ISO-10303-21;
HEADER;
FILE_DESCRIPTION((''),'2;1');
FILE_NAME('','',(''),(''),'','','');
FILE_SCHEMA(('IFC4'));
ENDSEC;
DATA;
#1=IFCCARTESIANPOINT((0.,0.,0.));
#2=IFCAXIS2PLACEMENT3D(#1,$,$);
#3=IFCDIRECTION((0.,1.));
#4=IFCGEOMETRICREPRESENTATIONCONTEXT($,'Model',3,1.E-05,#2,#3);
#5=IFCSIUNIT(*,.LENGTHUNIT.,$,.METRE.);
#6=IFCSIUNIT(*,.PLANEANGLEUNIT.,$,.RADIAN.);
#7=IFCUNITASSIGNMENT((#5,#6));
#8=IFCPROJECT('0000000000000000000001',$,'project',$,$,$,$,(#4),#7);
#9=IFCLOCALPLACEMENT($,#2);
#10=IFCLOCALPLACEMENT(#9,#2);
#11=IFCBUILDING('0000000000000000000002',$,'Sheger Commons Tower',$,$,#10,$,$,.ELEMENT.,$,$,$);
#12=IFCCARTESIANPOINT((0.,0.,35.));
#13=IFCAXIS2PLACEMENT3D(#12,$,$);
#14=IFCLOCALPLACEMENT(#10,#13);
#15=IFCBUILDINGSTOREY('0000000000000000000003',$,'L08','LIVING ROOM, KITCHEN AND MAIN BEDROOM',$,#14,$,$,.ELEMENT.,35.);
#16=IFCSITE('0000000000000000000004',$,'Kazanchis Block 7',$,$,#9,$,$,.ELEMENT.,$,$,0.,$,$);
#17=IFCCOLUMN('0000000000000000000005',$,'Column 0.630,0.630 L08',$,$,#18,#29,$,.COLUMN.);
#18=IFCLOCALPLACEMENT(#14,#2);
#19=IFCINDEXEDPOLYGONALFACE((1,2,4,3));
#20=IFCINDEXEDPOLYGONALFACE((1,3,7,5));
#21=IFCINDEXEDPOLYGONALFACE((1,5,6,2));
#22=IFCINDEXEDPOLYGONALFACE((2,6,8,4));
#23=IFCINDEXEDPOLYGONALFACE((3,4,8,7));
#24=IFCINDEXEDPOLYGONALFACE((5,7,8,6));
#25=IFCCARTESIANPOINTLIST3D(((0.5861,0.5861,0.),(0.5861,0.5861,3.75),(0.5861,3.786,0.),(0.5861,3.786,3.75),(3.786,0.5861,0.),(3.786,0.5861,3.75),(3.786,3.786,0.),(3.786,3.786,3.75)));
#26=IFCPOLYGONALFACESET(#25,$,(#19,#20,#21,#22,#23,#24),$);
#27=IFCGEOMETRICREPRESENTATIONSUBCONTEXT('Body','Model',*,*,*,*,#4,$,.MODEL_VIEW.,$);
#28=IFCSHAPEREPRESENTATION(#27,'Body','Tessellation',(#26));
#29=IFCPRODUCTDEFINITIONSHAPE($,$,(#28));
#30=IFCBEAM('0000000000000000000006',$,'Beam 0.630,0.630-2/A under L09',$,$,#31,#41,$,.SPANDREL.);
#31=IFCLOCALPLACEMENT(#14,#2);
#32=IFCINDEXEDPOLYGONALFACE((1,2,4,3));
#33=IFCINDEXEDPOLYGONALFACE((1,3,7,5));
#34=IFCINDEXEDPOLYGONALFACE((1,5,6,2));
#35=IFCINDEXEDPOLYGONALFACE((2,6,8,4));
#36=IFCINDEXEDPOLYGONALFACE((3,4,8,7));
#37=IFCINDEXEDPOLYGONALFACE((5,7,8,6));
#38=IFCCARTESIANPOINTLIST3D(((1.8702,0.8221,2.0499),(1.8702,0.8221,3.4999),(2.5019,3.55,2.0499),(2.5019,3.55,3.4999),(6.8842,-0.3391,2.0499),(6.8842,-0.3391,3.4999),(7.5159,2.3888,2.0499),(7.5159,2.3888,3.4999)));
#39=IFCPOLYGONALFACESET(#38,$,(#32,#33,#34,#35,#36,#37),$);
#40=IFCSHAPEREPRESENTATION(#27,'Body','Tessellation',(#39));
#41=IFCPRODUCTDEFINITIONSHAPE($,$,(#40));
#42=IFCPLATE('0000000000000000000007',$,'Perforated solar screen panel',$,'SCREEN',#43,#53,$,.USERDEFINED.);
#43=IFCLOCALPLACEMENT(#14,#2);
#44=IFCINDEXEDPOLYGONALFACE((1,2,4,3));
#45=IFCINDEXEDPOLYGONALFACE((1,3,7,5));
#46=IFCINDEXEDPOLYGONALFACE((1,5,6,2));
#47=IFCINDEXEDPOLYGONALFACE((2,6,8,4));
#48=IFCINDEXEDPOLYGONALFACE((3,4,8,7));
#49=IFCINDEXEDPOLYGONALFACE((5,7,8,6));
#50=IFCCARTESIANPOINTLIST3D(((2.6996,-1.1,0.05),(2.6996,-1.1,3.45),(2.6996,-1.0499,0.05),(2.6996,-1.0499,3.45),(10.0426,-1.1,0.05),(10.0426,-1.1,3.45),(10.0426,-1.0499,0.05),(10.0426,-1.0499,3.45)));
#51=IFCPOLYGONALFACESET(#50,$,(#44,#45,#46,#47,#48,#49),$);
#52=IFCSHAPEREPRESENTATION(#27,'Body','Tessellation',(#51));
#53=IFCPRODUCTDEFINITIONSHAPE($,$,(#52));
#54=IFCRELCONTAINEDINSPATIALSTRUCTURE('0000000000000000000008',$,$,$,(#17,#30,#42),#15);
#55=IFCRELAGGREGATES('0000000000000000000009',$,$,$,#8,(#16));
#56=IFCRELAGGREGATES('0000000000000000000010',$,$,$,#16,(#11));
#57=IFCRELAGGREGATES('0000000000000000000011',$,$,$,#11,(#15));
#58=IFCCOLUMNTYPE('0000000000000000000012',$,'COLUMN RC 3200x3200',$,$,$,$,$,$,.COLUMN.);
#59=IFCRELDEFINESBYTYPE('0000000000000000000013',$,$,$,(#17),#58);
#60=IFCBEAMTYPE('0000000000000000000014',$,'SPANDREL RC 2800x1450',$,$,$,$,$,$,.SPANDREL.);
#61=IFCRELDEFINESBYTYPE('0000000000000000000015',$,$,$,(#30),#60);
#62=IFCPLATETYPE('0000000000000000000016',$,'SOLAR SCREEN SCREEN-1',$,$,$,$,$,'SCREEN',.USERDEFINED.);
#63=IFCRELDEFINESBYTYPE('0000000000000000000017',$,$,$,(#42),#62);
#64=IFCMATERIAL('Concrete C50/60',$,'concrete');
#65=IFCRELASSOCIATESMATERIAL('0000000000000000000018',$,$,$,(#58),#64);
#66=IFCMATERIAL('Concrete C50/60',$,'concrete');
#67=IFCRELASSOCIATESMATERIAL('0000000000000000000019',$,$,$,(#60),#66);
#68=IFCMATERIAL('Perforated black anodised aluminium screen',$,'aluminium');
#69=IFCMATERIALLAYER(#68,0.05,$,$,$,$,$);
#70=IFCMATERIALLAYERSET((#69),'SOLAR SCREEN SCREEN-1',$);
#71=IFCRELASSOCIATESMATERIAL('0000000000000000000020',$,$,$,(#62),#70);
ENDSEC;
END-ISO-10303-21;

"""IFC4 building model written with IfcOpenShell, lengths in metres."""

from ifc_helpers import new_model, si_unit, direction, frame, origin, origin_2d, place, context, subcontext, project, spatial, rectangle, extrude, material, layer, layer_set, material_profile, profile_set, type_object, element, save


model = new_model("IFC4")

# Units and contexts
model_context = context("Model", 3, precision=1e-05, world=origin(), true_north=direction((0.0, 1.0)))
body_context = subcontext(model_context, "Body", "Model", "MODEL_VIEW")
ifc_project = project(units=[si_unit("LENGTHUNIT", "METRE"), si_unit("PLANEANGLEUNIT", "RADIAN")], contexts=[model_context])

# Site, building, storey
site_placement = place(None, origin())
site = spatial("IfcSite", under=ifc_project, at=site_placement, Name="Kazanchis Block 7", CompositionType="ELEMENT", RefElevation=0.0)
building_placement = place(site_placement, origin())
building = spatial("IfcBuilding", under=site, at=building_placement, Name="Sheger Commons Tower", CompositionType="ELEMENT")
storey_placement = place(building_placement, frame((0.0, 0.0, 35.0)))
storey = spatial("IfcBuildingStorey", under=building, at=storey_placement, Name="L08", Description="LIVING ROOM, KITCHEN AND MAIN BEDROOM", CompositionType="ELEMENT", Elevation=35.0)

# Column
ifc_material_1 = material(Name="Concrete C50/60", Category="concrete")
ifc_material_profile_1 = material_profile(ifc_material_1, rectangle(XDim=3.2, YDim=3.2, at=origin_2d()), Name="RC 3200x3200")
ifc_profile_set_1 = profile_set([ifc_material_profile_1], Name="Concrete C50/60")
column_type = type_object("IfcColumnType", Name="COLUMN RC 3200x3200", PredefinedType="COLUMN", material=ifc_profile_set_1)
column_placement = place(storey_placement, frame((2.186, 2.186, 0.0), z_axis=(0.0, 0.0, 1.0), x_axis=(1.0, 0.0, 0.0)))
element("IfcColumn", 1, at=column_placement, inside=storey, type_object=column_type, Name="Column 0.630,0.630 L08", PredefinedType="COLUMN", context=body_context, shape_type="SweptSolid", body=[
    extrude(rectangle(XDim=3.2, YDim=3.2, at=origin_2d()), origin(), (0.0, 0.0, 1.0), 3.75),
])

# Beam
ifc_material_2 = material(Name="Concrete C50/60", Category="concrete")
ifc_material_profile_2 = material_profile(ifc_material_2, rectangle(XDim=2.8, YDim=1.45, at=origin_2d()), Name="RC 2800x1450")
ifc_profile_set_2 = profile_set([ifc_material_profile_2], Name="Concrete C50/60")
beam_type = type_object("IfcBeamType", Name="SPANDREL RC 2800x1450", PredefinedType="SPANDREL", material=ifc_profile_set_2)
beam_placement = place(storey_placement, frame((2.186, 2.186, 2.7749), z_axis=(0.974217, -0.225611, 0.0), x_axis=(0.225611, 0.974217, 0.0)))
element("IfcBeam", 2, at=beam_placement, inside=storey, type_object=beam_type, Name="Beam 0.630,0.630-2/A under L09", PredefinedType="SPANDREL", context=body_context, shape_type="SweptSolid", body=[
    extrude(rectangle(XDim=2.8, YDim=1.45, at=origin_2d()), origin(), (0.0, 0.0, 1.0), 5.1467),
])

# Plate
ifc_material_3 = material(Name="Perforated black anodised aluminium screen", Category="aluminium")
ifc_layer_1 = layer(ifc_material_3, 0.05)
ifc_layer_set_1 = layer_set([ifc_layer_1], Name="SOLAR SCREEN SCREEN-1")
plate_type = type_object("IfcPlateType", Name="SOLAR SCREEN SCREEN-1", ElementType="SCREEN", PredefinedType="USERDEFINED", material=ifc_layer_set_1)
plate_placement = place(storey_placement, frame((6.3711, -1.075, 0.05), z_axis=(0.0, 0.0, 1.0), x_axis=(1.0, 0.0, 0.0)))
element("IfcPlate", 3, at=plate_placement, inside=storey, type_object=plate_type, Name="Perforated solar screen panel", ObjectType="SCREEN", PredefinedType="USERDEFINED", context=body_context, shape_type="SweptSolid", body=[
    extrude(rectangle(XDim=7.343, YDim=0.05, at=origin_2d()), origin(), (0.0, 0.0, 1.0), 3.3999),
])

save(model, "model.ifc")
